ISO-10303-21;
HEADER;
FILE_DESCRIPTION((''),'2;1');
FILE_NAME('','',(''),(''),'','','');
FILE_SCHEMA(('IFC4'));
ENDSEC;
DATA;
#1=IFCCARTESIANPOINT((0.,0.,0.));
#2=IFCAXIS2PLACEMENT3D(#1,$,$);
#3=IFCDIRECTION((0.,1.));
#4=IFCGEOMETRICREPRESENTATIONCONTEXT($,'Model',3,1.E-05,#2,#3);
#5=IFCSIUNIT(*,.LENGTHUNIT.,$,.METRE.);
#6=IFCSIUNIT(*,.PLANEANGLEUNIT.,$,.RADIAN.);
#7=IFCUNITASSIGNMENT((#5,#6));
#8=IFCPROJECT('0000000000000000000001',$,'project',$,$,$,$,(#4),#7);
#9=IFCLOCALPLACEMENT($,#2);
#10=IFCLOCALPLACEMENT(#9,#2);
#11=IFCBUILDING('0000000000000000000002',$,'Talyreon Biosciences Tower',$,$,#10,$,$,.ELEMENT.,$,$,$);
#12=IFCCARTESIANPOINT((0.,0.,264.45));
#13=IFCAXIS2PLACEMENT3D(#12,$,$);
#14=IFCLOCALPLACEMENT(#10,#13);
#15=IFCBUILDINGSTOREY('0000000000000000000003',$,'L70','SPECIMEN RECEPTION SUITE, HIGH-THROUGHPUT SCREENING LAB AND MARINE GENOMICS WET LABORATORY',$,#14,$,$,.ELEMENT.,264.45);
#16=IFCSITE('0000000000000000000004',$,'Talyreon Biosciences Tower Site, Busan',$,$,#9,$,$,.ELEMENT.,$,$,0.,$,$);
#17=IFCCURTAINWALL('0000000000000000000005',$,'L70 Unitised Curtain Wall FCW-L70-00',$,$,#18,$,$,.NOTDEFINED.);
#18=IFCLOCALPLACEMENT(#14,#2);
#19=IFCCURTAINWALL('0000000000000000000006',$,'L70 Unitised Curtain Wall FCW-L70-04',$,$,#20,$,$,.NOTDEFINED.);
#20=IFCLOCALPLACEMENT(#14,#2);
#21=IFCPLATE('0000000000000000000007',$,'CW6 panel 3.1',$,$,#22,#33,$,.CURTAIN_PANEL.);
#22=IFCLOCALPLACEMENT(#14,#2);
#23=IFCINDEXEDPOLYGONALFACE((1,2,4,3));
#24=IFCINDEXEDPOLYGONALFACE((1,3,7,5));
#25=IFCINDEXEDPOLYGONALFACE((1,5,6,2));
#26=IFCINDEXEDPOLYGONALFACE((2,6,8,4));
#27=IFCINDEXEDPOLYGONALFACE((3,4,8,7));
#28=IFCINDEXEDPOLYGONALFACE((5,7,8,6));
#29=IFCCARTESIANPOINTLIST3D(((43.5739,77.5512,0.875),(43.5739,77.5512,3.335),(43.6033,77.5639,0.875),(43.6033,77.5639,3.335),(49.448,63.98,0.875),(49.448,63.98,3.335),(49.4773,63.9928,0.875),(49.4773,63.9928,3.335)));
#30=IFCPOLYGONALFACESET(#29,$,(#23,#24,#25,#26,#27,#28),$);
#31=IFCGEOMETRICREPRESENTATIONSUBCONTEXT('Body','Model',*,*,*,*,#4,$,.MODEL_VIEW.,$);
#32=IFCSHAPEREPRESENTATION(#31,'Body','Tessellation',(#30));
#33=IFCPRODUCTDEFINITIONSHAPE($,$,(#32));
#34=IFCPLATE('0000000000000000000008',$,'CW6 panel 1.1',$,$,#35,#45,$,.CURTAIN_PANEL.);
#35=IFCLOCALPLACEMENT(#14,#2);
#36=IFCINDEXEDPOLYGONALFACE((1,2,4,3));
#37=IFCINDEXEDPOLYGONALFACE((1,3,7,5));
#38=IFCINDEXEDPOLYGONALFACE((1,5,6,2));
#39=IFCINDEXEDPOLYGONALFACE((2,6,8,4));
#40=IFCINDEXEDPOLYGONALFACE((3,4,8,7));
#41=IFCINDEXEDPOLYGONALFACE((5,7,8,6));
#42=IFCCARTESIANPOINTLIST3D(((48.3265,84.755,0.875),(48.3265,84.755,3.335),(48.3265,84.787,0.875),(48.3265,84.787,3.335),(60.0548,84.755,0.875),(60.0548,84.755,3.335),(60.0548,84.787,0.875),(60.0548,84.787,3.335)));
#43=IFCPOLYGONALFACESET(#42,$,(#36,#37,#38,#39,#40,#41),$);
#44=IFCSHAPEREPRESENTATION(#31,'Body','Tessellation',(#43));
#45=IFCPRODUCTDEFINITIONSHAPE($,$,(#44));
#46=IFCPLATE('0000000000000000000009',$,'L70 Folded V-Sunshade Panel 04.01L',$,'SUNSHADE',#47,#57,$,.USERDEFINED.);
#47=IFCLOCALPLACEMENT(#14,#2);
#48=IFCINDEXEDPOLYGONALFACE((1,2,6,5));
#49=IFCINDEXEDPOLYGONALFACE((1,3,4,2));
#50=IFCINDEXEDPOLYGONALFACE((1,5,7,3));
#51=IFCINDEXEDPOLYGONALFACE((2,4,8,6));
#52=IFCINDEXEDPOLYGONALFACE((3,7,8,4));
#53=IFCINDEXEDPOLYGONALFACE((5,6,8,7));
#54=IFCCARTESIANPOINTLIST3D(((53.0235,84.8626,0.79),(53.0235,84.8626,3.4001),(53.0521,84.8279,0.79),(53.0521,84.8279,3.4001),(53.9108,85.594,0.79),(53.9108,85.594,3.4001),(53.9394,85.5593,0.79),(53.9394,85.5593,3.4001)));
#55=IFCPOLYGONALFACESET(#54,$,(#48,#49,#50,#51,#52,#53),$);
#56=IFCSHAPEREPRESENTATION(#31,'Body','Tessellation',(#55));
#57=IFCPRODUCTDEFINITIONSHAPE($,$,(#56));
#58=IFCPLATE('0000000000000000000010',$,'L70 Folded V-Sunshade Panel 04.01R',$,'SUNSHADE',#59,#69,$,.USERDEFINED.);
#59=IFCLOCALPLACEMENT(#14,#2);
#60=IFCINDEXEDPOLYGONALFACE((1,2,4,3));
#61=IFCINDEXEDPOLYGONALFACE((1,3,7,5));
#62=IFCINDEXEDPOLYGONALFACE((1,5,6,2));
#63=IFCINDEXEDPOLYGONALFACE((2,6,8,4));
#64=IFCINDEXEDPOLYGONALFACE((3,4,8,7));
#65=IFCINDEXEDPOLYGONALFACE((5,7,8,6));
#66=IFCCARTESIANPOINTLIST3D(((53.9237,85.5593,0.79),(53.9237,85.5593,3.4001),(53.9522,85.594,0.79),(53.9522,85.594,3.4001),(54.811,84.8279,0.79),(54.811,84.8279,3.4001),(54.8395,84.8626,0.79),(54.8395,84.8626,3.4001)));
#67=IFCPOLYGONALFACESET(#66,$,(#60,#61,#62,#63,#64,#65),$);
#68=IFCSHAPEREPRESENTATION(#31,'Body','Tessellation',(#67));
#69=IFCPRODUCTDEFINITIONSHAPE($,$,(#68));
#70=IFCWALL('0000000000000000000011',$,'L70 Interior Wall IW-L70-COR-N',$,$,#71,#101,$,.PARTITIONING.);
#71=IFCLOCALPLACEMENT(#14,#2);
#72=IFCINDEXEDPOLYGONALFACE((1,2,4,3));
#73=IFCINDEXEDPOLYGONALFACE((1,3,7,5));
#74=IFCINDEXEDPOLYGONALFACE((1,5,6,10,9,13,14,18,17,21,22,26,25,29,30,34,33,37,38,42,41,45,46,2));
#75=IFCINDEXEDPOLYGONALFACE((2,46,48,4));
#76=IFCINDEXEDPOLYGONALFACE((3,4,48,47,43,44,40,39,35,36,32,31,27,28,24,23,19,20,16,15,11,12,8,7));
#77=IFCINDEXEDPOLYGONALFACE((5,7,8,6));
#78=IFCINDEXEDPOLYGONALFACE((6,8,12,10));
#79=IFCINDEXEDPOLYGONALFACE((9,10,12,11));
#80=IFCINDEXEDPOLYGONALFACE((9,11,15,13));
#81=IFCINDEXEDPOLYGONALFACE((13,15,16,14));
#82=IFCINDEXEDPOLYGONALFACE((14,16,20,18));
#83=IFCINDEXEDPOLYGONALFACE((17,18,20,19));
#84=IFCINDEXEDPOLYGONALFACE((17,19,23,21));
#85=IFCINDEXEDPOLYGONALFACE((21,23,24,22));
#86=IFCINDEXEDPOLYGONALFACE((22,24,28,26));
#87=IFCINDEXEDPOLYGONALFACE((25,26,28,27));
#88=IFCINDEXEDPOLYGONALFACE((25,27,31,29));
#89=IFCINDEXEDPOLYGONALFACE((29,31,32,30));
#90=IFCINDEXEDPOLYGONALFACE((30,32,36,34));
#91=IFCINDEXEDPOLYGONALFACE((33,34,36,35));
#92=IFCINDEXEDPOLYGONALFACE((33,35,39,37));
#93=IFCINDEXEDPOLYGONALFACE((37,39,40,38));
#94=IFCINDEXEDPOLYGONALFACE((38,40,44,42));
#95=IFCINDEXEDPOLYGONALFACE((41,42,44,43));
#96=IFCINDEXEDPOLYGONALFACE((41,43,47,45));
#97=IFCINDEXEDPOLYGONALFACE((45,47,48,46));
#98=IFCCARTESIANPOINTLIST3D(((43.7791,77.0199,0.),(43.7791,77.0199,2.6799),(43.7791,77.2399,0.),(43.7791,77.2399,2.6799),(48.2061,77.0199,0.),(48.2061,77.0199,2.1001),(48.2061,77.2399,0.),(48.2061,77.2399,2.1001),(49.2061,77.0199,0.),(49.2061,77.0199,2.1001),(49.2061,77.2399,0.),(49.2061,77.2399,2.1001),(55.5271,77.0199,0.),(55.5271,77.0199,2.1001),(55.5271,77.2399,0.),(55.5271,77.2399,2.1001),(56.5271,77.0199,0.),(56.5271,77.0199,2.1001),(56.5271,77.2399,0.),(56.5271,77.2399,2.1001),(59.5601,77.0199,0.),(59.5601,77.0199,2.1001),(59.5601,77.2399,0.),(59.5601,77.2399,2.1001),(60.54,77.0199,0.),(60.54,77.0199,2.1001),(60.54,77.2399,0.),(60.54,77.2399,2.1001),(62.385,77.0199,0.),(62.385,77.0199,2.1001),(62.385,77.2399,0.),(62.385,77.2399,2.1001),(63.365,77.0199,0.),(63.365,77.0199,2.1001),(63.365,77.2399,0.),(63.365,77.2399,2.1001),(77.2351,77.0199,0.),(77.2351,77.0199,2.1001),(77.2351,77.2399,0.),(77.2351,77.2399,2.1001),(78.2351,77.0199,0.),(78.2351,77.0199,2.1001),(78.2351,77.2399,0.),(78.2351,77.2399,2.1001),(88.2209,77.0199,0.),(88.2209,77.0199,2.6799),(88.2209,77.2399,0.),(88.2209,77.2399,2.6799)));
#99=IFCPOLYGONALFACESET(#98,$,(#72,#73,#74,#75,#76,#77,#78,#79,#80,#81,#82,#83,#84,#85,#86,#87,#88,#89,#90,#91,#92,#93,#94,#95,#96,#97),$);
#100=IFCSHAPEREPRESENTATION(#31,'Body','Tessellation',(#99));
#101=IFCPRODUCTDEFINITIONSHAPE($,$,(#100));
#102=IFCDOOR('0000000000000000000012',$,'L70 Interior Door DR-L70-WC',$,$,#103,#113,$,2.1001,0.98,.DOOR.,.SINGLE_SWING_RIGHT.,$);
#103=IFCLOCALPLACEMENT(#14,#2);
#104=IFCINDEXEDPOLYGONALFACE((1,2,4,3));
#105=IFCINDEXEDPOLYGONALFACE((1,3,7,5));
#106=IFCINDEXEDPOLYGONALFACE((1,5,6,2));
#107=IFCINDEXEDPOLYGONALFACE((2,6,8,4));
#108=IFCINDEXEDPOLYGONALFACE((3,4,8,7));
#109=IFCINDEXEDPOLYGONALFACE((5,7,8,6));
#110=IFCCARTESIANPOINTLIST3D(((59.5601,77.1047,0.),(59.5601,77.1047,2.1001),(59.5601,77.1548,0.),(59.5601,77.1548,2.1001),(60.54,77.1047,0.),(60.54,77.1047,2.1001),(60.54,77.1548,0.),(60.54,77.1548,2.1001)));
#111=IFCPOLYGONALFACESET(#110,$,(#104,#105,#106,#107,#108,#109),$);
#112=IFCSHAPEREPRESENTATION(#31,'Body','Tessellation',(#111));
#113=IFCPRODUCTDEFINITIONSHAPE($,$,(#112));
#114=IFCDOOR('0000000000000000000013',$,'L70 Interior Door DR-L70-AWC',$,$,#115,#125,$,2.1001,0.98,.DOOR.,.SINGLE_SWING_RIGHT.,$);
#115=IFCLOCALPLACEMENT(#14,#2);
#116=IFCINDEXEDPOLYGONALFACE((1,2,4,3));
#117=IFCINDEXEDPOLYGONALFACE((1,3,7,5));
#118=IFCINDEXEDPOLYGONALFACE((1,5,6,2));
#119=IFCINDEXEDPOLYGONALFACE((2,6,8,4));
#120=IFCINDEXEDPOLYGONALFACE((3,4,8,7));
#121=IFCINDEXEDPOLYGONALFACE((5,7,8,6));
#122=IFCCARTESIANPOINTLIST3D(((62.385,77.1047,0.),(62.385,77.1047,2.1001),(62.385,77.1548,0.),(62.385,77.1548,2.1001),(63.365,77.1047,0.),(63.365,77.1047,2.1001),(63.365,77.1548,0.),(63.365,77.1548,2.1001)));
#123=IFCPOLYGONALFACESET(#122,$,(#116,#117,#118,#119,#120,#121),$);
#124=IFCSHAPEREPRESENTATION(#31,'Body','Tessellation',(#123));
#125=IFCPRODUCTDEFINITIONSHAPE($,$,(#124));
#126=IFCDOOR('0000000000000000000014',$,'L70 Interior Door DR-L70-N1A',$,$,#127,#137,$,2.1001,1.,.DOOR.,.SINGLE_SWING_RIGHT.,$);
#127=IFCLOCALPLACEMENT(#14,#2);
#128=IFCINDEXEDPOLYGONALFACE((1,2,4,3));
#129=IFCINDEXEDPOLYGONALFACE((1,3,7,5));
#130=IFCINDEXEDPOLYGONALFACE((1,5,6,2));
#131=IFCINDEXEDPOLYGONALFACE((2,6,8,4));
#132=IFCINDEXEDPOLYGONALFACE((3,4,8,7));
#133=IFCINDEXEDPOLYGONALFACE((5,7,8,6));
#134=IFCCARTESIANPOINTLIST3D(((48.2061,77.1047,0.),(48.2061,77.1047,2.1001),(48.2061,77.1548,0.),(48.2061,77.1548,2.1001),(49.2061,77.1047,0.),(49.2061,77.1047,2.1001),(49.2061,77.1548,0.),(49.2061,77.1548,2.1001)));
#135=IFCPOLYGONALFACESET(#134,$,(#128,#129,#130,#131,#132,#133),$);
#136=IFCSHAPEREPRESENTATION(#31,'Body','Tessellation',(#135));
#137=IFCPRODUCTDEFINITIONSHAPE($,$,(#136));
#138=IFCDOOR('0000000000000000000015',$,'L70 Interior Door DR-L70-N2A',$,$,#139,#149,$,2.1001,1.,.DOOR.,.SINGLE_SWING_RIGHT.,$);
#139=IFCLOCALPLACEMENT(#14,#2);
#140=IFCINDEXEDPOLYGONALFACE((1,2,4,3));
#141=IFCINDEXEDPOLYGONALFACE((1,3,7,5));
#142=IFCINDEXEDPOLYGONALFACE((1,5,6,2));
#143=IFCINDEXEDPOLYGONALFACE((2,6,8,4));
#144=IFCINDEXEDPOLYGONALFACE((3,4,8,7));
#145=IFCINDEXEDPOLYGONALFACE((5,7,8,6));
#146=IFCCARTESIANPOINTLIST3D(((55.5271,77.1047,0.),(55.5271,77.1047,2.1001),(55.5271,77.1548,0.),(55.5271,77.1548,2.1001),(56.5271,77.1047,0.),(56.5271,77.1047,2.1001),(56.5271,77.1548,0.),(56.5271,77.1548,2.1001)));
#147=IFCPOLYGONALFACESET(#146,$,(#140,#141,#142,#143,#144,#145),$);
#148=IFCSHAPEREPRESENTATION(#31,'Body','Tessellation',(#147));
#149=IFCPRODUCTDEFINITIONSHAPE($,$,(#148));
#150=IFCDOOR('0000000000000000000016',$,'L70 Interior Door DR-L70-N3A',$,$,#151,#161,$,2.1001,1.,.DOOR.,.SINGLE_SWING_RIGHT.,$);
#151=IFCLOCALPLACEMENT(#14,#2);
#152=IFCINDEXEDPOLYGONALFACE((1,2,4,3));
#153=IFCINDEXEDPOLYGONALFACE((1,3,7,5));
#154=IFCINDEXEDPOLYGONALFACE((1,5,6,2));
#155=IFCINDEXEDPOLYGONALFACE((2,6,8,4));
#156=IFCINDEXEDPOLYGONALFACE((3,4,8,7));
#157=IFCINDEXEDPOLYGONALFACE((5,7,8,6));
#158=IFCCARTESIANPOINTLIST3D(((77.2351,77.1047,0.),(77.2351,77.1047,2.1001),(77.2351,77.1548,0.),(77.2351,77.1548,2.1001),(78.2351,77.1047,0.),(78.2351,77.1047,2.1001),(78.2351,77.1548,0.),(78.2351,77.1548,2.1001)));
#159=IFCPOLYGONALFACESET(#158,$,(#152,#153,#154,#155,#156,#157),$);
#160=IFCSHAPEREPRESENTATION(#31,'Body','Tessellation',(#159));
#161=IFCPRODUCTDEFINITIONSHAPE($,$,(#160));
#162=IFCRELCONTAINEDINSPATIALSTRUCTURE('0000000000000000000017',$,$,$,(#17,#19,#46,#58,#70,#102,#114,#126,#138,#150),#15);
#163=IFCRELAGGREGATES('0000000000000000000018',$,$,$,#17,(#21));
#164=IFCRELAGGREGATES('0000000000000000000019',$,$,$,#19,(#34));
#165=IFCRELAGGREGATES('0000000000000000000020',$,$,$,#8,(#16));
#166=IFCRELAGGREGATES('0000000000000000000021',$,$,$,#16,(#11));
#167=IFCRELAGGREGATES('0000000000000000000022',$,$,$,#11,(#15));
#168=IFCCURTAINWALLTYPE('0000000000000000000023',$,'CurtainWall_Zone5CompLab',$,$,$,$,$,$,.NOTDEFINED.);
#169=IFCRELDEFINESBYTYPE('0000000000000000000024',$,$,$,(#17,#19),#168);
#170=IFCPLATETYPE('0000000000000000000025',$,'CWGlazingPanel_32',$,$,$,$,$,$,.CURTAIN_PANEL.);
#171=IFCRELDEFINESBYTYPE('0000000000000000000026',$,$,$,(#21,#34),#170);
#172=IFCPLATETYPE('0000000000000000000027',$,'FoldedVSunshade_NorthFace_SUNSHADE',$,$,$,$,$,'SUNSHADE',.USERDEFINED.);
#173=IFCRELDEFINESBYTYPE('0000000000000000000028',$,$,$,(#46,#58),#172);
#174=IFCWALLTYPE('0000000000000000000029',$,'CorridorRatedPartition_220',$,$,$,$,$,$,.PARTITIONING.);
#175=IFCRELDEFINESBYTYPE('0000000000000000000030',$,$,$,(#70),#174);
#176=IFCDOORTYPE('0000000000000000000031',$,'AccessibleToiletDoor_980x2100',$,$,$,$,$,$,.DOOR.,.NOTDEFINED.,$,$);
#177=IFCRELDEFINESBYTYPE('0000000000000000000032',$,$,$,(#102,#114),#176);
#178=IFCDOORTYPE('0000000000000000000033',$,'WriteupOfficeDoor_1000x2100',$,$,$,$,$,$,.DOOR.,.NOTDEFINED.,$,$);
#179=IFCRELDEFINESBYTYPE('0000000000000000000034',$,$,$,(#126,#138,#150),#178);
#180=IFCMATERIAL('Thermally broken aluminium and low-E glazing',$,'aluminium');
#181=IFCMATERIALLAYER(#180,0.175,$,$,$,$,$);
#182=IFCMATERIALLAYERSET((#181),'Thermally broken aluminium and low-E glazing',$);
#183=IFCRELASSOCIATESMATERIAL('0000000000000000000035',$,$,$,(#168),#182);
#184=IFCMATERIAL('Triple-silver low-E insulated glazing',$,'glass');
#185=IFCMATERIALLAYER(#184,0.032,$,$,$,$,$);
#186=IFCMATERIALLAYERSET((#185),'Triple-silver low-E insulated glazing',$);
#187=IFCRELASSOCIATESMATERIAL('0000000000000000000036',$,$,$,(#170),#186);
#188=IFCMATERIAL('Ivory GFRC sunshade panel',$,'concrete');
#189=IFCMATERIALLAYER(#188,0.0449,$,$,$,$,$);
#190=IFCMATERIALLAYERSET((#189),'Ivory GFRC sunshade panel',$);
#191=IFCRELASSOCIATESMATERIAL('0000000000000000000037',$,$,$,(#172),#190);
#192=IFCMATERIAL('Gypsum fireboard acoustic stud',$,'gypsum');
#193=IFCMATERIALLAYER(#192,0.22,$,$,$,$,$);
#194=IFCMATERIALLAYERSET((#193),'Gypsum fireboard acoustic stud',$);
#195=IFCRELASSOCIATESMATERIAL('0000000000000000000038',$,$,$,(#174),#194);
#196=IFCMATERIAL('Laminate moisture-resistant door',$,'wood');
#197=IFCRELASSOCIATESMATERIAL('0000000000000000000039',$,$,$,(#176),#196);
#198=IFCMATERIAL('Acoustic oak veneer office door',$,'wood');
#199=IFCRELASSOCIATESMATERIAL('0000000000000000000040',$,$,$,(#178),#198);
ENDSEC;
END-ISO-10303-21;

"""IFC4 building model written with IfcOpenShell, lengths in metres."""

from ifc_helpers import new_model, si_unit, direction, frame, frame_2d, origin, origin_2d, place, context, subcontext, project, spatial, rectangle, extrude, material, layer, layer_set, type_object, element, fill, aggregate, save


model = new_model("IFC4")

# Units and contexts
model_context = context("Model", 3, precision=1e-05, world=origin(), true_north=direction((0.0, 1.0)))
body_context = subcontext(model_context, "Body", "Model", "MODEL_VIEW")
ifc_project = project(units=[si_unit("LENGTHUNIT", "METRE"), si_unit("PLANEANGLEUNIT", "RADIAN")], contexts=[model_context])

# Site, building, storey
site_placement = place(None, origin())
site = spatial("IfcSite", under=ifc_project, at=site_placement, Name="Talyreon Biosciences Tower Site, Busan", CompositionType="ELEMENT", RefElevation=0.0)
building_placement = place(site_placement, origin())
building = spatial("IfcBuilding", under=site, at=building_placement, Name="Talyreon Biosciences Tower", CompositionType="ELEMENT")
storey_placement = place(building_placement, frame((0.0, 0.0, 264.45)))
storey = spatial("IfcBuildingStorey", under=building, at=storey_placement, Name="L70", Description="SPECIMEN RECEPTION SUITE, HIGH-THROUGHPUT SCREENING LAB AND MARINE GENOMICS WET LABORATORY", CompositionType="ELEMENT", Elevation=264.45)

# Curtain wall
ifc_material_1 = material(Name="Thermally broken aluminium and low-E glazing", Category="aluminium")
ifc_layer_1 = layer(ifc_material_1, 0.175)
ifc_layer_set_1 = layer_set([ifc_layer_1], Name="Thermally broken aluminium and low-E glazing")
curtain_wall_type = type_object("IfcCurtainWallType", Name="CurtainWall_Zone5CompLab", PredefinedType="NOTDEFINED", material=ifc_layer_set_1)
curtain_wall_1_placement = place(storey_placement, origin())
curtain_wall_1 = element("IfcCurtainWall", 1, at=curtain_wall_1_placement, inside=storey, type_object=curtain_wall_type, Name="L70 Unitised Curtain Wall FCW-L70-00", PredefinedType="NOTDEFINED")

# Curtain wall
curtain_wall_2_placement = place(storey_placement, origin())
curtain_wall_2 = element("IfcCurtainWall", 2, at=curtain_wall_2_placement, inside=storey, type_object=curtain_wall_type, Name="L70 Unitised Curtain Wall FCW-L70-04", PredefinedType="NOTDEFINED")

# Plates
ifc_material_2 = material(Name="Triple-silver low-E insulated glazing", Category="glass")
ifc_layer_2 = layer(ifc_material_2, 0.032)
ifc_layer_set_2 = layer_set([ifc_layer_2], Name="Triple-silver low-E insulated glazing")
plate_type_1 = type_object("IfcPlateType", Name="CWGlazingPanel_32", PredefinedType="CURTAIN_PANEL", material=ifc_layer_set_2)
plate_1_placement = place(storey_placement, frame((46.5256, 70.772, 0.875), z_axis=(0.0, 0.0, 1.0), x_axis=(-0.397221, 0.917723, 0.0)))
plate_1 = element("IfcPlate", 3, at=plate_1_placement, type_object=plate_type_1, Name="CW6 panel 3.1", PredefinedType="CURTAIN_PANEL", context=body_context, shape_type="SweptSolid", body=[
    extrude(rectangle(XDim=14.7878, YDim=0.032, at=origin_2d()), origin(), (0.0, 0.0, 1.0), 2.46),
])
aggregate(curtain_wall_1, [plate_1])
plate_2_placement = place(storey_placement, frame((54.1907, 84.771, 0.875), z_axis=(0.0, 0.0, 1.0), x_axis=(1.0, 0.0, 0.0)))
plate_2 = element("IfcPlate", 4, at=plate_2_placement, type_object=plate_type_1, Name="CW6 panel 1.1", PredefinedType="CURTAIN_PANEL", context=body_context, shape_type="SweptSolid", body=[
    extrude(rectangle(XDim=11.7283, YDim=0.032, at=origin_2d()), origin(), (0.0, 0.0, 1.0), 2.46),
])
aggregate(curtain_wall_2, [plate_2])

# Plates
ifc_material_3 = material(Name="Ivory GFRC sunshade panel", Category="concrete")
ifc_layer_3 = layer(ifc_material_3, 0.0449)
ifc_layer_set_3 = layer_set([ifc_layer_3], Name="Ivory GFRC sunshade panel")
plate_type_2 = type_object("IfcPlateType", Name="FoldedVSunshade_NorthFace_SUNSHADE", ElementType="SUNSHADE", PredefinedType="USERDEFINED", material=ifc_layer_set_3)
for number, where, z_axis, x_axis, name in (
    (5, (53.4814, 85.2109, 0.79), (0.0, 0.0, 1.0), (0.771625, 0.636078, 0.0), "L70 Folded V-Sunshade Panel 04.01L"),
    (6, (54.3816, 85.2109, 0.79), (0.0, 0.0, 1.0), (0.771625, -0.636078, 0.0), "L70 Folded V-Sunshade Panel 04.01R"),
):
    element("IfcPlate", number, at=place(storey_placement, frame(where, z_axis=z_axis, x_axis=x_axis)), inside=storey, type_object=plate_type_2, Name=name, ObjectType="SUNSHADE", PredefinedType="USERDEFINED", context=body_context, shape_type="SweptSolid", body=[
        extrude(rectangle(XDim=1.1499, YDim=0.0449, at=origin_2d()), origin(), (0.0, 0.0, 1.0), 2.6101),
    ])

# Wall, openings, doors
ifc_material_4 = material(Name="Gypsum fireboard acoustic stud", Category="gypsum")
ifc_layer_4 = layer(ifc_material_4, 0.22)
ifc_layer_set_4 = layer_set([ifc_layer_4], Name="Gypsum fireboard acoustic stud")
wall_type_1 = type_object("IfcWallType", Name="CorridorRatedPartition_220", PredefinedType="PARTITIONING", material=ifc_layer_set_4)
wall_1_placement = place(storey_placement, frame((43.7791, 77.1299, 0.0), z_axis=(0.0, 0.0, 1.0), x_axis=(1.0, 0.0, 0.0)))
wall_1 = element("IfcWall", 7, at=wall_1_placement, inside=storey, type_object=wall_type_1, Name="L70 Interior Wall IW-L70-COR-N", PredefinedType="PARTITIONING", context=body_context, shape_type="SweptSolid", body=[
    extrude(rectangle(XDim=44.4419, YDim=0.22, at=frame_2d((22.2209, 0.0))), origin(), (0.0, 0.0, 1.0), 2.6799),
])
opening_1_placement = place(wall_1_placement, frame((15.781, 0.0, 0.0)))
opening_1 = element("IfcOpeningElement", 8, at=opening_1_placement, cuts=wall_1, PredefinedType="OPENING", context=body_context, shape_type="SweptSolid", body=[
    extrude(rectangle(XDim=0.98, YDim=2.1001, at=frame_2d((0.49, 1.05))), frame((0.0, 0.1199, 0.0), z_axis=(0.0, -1.0, 0.0), x_axis=(1.0, 0.0, 0.0)), (0.0, 0.0, 1.0), 0.24),
])
opening_2_placement = place(wall_1_placement, frame((18.606, 0.0, 0.0)))
opening_2 = element("IfcOpeningElement", 9, at=opening_2_placement, cuts=wall_1, PredefinedType="OPENING", context=body_context, shape_type="SweptSolid", body=[
    extrude(rectangle(XDim=0.98, YDim=2.1001, at=frame_2d((0.49, 1.05))), frame((0.0, 0.1199, 0.0), z_axis=(0.0, -1.0, 0.0), x_axis=(1.0, 0.0, 0.0)), (0.0, 0.0, 1.0), 0.24),
])
opening_3_placement = place(wall_1_placement, frame((4.427, 0.0, 0.0)))
opening_3 = element("IfcOpeningElement", 10, at=opening_3_placement, cuts=wall_1, PredefinedType="OPENING", context=body_context, shape_type="SweptSolid", body=[
    extrude(rectangle(XDim=1.0, YDim=2.1001, at=frame_2d((0.5, 1.05))), frame((0.0, 0.1199, 0.0), z_axis=(0.0, -1.0, 0.0), x_axis=(1.0, 0.0, 0.0)), (0.0, 0.0, 1.0), 0.24),
])
opening_4_placement = place(wall_1_placement, frame((11.748, 0.0, 0.0)))
opening_4 = element("IfcOpeningElement", 11, at=opening_4_placement, cuts=wall_1, PredefinedType="OPENING", context=body_context, shape_type="SweptSolid", body=[
    extrude(rectangle(XDim=1.0, YDim=2.1001, at=frame_2d((0.5, 1.05))), frame((0.0, 0.1199, 0.0), z_axis=(0.0, -1.0, 0.0), x_axis=(1.0, 0.0, 0.0)), (0.0, 0.0, 1.0), 0.24),
])
opening_5_placement = place(wall_1_placement, frame((33.4561, 0.0, 0.0)))
opening_5 = element("IfcOpeningElement", 12, at=opening_5_placement, cuts=wall_1, PredefinedType="OPENING", context=body_context, shape_type="SweptSolid", body=[
    extrude(rectangle(XDim=1.0, YDim=2.1001, at=frame_2d((0.5, 1.05))), frame((0.0, 0.1199, 0.0), z_axis=(0.0, -1.0, 0.0), x_axis=(1.0, 0.0, 0.0)), (0.0, 0.0, 1.0), 0.24),
])
ifc_material_5 = material(Name="Laminate moisture-resistant door", Category="wood")
door_type_1 = type_object("IfcDoorType", Name="AccessibleToiletDoor_980x2100", OperationType="NOTDEFINED", PredefinedType="DOOR", material=ifc_material_5)
door_1_placement = place(opening_1_placement, origin())
door_1 = element("IfcDoor", 13, at=door_1_placement, inside=storey, type_object=door_type_1, Name="L70 Interior Door DR-L70-WC", OperationType="SINGLE_SWING_RIGHT", OverallHeight=2.1001, OverallWidth=0.98, PredefinedType="DOOR", context=body_context, shape_type="SweptSolid", body=[
    extrude(rectangle(XDim=0.98, YDim=2.1001, at=frame_2d((0.49, 1.05))), frame((0.0, 0.0249, 0.0), z_axis=(0.0, -1.0, 0.0), x_axis=(1.0, 0.0, 0.0)), (0.0, 0.0, 1.0), 0.05),
])
fill(opening_1, door_1)
door_2_placement = place(opening_2_placement, origin())
door_2 = element("IfcDoor", 14, at=door_2_placement, inside=storey, type_object=door_type_1, Name="L70 Interior Door DR-L70-AWC", OperationType="SINGLE_SWING_RIGHT", OverallHeight=2.1001, OverallWidth=0.98, PredefinedType="DOOR", context=body_context, shape_type="SweptSolid", body=[
    extrude(rectangle(XDim=0.98, YDim=2.1001, at=frame_2d((0.49, 1.05))), frame((0.0, 0.0249, 0.0), z_axis=(0.0, -1.0, 0.0), x_axis=(1.0, 0.0, 0.0)), (0.0, 0.0, 1.0), 0.05),
])
fill(opening_2, door_2)
ifc_material_6 = material(Name="Acoustic oak veneer office door", Category="wood")
door_type_2 = type_object("IfcDoorType", Name="WriteupOfficeDoor_1000x2100", OperationType="NOTDEFINED", PredefinedType="DOOR", material=ifc_material_6)
door_3_placement = place(opening_3_placement, origin())
door_3 = element("IfcDoor", 15, at=door_3_placement, inside=storey, type_object=door_type_2, Name="L70 Interior Door DR-L70-N1A", OperationType="SINGLE_SWING_RIGHT", OverallHeight=2.1001, OverallWidth=1.0, PredefinedType="DOOR", context=body_context, shape_type="SweptSolid", body=[
    extrude(rectangle(XDim=1.0, YDim=2.1001, at=frame_2d((0.5, 1.05))), frame((0.0, 0.0249, 0.0), z_axis=(0.0, -1.0, 0.0), x_axis=(1.0, 0.0, 0.0)), (0.0, 0.0, 1.0), 0.05),
])
fill(opening_3, door_3)
door_4_placement = place(opening_4_placement, origin())
door_4 = element("IfcDoor", 16, at=door_4_placement, inside=storey, type_object=door_type_2, Name="L70 Interior Door DR-L70-N2A", OperationType="SINGLE_SWING_RIGHT", OverallHeight=2.1001, OverallWidth=1.0, PredefinedType="DOOR", context=body_context, shape_type="SweptSolid", body=[
    extrude(rectangle(XDim=1.0, YDim=2.1001, at=frame_2d((0.5, 1.05))), frame((0.0, 0.0249, 0.0), z_axis=(0.0, -1.0, 0.0), x_axis=(1.0, 0.0, 0.0)), (0.0, 0.0, 1.0), 0.05),
])
fill(opening_4, door_4)
door_5_placement = place(opening_5_placement, origin())
door_5 = element("IfcDoor", 17, at=door_5_placement, inside=storey, type_object=door_type_2, Name="L70 Interior Door DR-L70-N3A", OperationType="SINGLE_SWING_RIGHT", OverallHeight=2.1001, OverallWidth=1.0, PredefinedType="DOOR", context=body_context, shape_type="SweptSolid", body=[
    extrude(rectangle(XDim=1.0, YDim=2.1001, at=frame_2d((0.5, 1.05))), frame((0.0, 0.0249, 0.0), z_axis=(0.0, -1.0, 0.0), x_axis=(1.0, 0.0, 0.0)), (0.0, 0.0, 1.0), 0.05),
])
fill(opening_5, door_5)

save(model, "model.ifc")
